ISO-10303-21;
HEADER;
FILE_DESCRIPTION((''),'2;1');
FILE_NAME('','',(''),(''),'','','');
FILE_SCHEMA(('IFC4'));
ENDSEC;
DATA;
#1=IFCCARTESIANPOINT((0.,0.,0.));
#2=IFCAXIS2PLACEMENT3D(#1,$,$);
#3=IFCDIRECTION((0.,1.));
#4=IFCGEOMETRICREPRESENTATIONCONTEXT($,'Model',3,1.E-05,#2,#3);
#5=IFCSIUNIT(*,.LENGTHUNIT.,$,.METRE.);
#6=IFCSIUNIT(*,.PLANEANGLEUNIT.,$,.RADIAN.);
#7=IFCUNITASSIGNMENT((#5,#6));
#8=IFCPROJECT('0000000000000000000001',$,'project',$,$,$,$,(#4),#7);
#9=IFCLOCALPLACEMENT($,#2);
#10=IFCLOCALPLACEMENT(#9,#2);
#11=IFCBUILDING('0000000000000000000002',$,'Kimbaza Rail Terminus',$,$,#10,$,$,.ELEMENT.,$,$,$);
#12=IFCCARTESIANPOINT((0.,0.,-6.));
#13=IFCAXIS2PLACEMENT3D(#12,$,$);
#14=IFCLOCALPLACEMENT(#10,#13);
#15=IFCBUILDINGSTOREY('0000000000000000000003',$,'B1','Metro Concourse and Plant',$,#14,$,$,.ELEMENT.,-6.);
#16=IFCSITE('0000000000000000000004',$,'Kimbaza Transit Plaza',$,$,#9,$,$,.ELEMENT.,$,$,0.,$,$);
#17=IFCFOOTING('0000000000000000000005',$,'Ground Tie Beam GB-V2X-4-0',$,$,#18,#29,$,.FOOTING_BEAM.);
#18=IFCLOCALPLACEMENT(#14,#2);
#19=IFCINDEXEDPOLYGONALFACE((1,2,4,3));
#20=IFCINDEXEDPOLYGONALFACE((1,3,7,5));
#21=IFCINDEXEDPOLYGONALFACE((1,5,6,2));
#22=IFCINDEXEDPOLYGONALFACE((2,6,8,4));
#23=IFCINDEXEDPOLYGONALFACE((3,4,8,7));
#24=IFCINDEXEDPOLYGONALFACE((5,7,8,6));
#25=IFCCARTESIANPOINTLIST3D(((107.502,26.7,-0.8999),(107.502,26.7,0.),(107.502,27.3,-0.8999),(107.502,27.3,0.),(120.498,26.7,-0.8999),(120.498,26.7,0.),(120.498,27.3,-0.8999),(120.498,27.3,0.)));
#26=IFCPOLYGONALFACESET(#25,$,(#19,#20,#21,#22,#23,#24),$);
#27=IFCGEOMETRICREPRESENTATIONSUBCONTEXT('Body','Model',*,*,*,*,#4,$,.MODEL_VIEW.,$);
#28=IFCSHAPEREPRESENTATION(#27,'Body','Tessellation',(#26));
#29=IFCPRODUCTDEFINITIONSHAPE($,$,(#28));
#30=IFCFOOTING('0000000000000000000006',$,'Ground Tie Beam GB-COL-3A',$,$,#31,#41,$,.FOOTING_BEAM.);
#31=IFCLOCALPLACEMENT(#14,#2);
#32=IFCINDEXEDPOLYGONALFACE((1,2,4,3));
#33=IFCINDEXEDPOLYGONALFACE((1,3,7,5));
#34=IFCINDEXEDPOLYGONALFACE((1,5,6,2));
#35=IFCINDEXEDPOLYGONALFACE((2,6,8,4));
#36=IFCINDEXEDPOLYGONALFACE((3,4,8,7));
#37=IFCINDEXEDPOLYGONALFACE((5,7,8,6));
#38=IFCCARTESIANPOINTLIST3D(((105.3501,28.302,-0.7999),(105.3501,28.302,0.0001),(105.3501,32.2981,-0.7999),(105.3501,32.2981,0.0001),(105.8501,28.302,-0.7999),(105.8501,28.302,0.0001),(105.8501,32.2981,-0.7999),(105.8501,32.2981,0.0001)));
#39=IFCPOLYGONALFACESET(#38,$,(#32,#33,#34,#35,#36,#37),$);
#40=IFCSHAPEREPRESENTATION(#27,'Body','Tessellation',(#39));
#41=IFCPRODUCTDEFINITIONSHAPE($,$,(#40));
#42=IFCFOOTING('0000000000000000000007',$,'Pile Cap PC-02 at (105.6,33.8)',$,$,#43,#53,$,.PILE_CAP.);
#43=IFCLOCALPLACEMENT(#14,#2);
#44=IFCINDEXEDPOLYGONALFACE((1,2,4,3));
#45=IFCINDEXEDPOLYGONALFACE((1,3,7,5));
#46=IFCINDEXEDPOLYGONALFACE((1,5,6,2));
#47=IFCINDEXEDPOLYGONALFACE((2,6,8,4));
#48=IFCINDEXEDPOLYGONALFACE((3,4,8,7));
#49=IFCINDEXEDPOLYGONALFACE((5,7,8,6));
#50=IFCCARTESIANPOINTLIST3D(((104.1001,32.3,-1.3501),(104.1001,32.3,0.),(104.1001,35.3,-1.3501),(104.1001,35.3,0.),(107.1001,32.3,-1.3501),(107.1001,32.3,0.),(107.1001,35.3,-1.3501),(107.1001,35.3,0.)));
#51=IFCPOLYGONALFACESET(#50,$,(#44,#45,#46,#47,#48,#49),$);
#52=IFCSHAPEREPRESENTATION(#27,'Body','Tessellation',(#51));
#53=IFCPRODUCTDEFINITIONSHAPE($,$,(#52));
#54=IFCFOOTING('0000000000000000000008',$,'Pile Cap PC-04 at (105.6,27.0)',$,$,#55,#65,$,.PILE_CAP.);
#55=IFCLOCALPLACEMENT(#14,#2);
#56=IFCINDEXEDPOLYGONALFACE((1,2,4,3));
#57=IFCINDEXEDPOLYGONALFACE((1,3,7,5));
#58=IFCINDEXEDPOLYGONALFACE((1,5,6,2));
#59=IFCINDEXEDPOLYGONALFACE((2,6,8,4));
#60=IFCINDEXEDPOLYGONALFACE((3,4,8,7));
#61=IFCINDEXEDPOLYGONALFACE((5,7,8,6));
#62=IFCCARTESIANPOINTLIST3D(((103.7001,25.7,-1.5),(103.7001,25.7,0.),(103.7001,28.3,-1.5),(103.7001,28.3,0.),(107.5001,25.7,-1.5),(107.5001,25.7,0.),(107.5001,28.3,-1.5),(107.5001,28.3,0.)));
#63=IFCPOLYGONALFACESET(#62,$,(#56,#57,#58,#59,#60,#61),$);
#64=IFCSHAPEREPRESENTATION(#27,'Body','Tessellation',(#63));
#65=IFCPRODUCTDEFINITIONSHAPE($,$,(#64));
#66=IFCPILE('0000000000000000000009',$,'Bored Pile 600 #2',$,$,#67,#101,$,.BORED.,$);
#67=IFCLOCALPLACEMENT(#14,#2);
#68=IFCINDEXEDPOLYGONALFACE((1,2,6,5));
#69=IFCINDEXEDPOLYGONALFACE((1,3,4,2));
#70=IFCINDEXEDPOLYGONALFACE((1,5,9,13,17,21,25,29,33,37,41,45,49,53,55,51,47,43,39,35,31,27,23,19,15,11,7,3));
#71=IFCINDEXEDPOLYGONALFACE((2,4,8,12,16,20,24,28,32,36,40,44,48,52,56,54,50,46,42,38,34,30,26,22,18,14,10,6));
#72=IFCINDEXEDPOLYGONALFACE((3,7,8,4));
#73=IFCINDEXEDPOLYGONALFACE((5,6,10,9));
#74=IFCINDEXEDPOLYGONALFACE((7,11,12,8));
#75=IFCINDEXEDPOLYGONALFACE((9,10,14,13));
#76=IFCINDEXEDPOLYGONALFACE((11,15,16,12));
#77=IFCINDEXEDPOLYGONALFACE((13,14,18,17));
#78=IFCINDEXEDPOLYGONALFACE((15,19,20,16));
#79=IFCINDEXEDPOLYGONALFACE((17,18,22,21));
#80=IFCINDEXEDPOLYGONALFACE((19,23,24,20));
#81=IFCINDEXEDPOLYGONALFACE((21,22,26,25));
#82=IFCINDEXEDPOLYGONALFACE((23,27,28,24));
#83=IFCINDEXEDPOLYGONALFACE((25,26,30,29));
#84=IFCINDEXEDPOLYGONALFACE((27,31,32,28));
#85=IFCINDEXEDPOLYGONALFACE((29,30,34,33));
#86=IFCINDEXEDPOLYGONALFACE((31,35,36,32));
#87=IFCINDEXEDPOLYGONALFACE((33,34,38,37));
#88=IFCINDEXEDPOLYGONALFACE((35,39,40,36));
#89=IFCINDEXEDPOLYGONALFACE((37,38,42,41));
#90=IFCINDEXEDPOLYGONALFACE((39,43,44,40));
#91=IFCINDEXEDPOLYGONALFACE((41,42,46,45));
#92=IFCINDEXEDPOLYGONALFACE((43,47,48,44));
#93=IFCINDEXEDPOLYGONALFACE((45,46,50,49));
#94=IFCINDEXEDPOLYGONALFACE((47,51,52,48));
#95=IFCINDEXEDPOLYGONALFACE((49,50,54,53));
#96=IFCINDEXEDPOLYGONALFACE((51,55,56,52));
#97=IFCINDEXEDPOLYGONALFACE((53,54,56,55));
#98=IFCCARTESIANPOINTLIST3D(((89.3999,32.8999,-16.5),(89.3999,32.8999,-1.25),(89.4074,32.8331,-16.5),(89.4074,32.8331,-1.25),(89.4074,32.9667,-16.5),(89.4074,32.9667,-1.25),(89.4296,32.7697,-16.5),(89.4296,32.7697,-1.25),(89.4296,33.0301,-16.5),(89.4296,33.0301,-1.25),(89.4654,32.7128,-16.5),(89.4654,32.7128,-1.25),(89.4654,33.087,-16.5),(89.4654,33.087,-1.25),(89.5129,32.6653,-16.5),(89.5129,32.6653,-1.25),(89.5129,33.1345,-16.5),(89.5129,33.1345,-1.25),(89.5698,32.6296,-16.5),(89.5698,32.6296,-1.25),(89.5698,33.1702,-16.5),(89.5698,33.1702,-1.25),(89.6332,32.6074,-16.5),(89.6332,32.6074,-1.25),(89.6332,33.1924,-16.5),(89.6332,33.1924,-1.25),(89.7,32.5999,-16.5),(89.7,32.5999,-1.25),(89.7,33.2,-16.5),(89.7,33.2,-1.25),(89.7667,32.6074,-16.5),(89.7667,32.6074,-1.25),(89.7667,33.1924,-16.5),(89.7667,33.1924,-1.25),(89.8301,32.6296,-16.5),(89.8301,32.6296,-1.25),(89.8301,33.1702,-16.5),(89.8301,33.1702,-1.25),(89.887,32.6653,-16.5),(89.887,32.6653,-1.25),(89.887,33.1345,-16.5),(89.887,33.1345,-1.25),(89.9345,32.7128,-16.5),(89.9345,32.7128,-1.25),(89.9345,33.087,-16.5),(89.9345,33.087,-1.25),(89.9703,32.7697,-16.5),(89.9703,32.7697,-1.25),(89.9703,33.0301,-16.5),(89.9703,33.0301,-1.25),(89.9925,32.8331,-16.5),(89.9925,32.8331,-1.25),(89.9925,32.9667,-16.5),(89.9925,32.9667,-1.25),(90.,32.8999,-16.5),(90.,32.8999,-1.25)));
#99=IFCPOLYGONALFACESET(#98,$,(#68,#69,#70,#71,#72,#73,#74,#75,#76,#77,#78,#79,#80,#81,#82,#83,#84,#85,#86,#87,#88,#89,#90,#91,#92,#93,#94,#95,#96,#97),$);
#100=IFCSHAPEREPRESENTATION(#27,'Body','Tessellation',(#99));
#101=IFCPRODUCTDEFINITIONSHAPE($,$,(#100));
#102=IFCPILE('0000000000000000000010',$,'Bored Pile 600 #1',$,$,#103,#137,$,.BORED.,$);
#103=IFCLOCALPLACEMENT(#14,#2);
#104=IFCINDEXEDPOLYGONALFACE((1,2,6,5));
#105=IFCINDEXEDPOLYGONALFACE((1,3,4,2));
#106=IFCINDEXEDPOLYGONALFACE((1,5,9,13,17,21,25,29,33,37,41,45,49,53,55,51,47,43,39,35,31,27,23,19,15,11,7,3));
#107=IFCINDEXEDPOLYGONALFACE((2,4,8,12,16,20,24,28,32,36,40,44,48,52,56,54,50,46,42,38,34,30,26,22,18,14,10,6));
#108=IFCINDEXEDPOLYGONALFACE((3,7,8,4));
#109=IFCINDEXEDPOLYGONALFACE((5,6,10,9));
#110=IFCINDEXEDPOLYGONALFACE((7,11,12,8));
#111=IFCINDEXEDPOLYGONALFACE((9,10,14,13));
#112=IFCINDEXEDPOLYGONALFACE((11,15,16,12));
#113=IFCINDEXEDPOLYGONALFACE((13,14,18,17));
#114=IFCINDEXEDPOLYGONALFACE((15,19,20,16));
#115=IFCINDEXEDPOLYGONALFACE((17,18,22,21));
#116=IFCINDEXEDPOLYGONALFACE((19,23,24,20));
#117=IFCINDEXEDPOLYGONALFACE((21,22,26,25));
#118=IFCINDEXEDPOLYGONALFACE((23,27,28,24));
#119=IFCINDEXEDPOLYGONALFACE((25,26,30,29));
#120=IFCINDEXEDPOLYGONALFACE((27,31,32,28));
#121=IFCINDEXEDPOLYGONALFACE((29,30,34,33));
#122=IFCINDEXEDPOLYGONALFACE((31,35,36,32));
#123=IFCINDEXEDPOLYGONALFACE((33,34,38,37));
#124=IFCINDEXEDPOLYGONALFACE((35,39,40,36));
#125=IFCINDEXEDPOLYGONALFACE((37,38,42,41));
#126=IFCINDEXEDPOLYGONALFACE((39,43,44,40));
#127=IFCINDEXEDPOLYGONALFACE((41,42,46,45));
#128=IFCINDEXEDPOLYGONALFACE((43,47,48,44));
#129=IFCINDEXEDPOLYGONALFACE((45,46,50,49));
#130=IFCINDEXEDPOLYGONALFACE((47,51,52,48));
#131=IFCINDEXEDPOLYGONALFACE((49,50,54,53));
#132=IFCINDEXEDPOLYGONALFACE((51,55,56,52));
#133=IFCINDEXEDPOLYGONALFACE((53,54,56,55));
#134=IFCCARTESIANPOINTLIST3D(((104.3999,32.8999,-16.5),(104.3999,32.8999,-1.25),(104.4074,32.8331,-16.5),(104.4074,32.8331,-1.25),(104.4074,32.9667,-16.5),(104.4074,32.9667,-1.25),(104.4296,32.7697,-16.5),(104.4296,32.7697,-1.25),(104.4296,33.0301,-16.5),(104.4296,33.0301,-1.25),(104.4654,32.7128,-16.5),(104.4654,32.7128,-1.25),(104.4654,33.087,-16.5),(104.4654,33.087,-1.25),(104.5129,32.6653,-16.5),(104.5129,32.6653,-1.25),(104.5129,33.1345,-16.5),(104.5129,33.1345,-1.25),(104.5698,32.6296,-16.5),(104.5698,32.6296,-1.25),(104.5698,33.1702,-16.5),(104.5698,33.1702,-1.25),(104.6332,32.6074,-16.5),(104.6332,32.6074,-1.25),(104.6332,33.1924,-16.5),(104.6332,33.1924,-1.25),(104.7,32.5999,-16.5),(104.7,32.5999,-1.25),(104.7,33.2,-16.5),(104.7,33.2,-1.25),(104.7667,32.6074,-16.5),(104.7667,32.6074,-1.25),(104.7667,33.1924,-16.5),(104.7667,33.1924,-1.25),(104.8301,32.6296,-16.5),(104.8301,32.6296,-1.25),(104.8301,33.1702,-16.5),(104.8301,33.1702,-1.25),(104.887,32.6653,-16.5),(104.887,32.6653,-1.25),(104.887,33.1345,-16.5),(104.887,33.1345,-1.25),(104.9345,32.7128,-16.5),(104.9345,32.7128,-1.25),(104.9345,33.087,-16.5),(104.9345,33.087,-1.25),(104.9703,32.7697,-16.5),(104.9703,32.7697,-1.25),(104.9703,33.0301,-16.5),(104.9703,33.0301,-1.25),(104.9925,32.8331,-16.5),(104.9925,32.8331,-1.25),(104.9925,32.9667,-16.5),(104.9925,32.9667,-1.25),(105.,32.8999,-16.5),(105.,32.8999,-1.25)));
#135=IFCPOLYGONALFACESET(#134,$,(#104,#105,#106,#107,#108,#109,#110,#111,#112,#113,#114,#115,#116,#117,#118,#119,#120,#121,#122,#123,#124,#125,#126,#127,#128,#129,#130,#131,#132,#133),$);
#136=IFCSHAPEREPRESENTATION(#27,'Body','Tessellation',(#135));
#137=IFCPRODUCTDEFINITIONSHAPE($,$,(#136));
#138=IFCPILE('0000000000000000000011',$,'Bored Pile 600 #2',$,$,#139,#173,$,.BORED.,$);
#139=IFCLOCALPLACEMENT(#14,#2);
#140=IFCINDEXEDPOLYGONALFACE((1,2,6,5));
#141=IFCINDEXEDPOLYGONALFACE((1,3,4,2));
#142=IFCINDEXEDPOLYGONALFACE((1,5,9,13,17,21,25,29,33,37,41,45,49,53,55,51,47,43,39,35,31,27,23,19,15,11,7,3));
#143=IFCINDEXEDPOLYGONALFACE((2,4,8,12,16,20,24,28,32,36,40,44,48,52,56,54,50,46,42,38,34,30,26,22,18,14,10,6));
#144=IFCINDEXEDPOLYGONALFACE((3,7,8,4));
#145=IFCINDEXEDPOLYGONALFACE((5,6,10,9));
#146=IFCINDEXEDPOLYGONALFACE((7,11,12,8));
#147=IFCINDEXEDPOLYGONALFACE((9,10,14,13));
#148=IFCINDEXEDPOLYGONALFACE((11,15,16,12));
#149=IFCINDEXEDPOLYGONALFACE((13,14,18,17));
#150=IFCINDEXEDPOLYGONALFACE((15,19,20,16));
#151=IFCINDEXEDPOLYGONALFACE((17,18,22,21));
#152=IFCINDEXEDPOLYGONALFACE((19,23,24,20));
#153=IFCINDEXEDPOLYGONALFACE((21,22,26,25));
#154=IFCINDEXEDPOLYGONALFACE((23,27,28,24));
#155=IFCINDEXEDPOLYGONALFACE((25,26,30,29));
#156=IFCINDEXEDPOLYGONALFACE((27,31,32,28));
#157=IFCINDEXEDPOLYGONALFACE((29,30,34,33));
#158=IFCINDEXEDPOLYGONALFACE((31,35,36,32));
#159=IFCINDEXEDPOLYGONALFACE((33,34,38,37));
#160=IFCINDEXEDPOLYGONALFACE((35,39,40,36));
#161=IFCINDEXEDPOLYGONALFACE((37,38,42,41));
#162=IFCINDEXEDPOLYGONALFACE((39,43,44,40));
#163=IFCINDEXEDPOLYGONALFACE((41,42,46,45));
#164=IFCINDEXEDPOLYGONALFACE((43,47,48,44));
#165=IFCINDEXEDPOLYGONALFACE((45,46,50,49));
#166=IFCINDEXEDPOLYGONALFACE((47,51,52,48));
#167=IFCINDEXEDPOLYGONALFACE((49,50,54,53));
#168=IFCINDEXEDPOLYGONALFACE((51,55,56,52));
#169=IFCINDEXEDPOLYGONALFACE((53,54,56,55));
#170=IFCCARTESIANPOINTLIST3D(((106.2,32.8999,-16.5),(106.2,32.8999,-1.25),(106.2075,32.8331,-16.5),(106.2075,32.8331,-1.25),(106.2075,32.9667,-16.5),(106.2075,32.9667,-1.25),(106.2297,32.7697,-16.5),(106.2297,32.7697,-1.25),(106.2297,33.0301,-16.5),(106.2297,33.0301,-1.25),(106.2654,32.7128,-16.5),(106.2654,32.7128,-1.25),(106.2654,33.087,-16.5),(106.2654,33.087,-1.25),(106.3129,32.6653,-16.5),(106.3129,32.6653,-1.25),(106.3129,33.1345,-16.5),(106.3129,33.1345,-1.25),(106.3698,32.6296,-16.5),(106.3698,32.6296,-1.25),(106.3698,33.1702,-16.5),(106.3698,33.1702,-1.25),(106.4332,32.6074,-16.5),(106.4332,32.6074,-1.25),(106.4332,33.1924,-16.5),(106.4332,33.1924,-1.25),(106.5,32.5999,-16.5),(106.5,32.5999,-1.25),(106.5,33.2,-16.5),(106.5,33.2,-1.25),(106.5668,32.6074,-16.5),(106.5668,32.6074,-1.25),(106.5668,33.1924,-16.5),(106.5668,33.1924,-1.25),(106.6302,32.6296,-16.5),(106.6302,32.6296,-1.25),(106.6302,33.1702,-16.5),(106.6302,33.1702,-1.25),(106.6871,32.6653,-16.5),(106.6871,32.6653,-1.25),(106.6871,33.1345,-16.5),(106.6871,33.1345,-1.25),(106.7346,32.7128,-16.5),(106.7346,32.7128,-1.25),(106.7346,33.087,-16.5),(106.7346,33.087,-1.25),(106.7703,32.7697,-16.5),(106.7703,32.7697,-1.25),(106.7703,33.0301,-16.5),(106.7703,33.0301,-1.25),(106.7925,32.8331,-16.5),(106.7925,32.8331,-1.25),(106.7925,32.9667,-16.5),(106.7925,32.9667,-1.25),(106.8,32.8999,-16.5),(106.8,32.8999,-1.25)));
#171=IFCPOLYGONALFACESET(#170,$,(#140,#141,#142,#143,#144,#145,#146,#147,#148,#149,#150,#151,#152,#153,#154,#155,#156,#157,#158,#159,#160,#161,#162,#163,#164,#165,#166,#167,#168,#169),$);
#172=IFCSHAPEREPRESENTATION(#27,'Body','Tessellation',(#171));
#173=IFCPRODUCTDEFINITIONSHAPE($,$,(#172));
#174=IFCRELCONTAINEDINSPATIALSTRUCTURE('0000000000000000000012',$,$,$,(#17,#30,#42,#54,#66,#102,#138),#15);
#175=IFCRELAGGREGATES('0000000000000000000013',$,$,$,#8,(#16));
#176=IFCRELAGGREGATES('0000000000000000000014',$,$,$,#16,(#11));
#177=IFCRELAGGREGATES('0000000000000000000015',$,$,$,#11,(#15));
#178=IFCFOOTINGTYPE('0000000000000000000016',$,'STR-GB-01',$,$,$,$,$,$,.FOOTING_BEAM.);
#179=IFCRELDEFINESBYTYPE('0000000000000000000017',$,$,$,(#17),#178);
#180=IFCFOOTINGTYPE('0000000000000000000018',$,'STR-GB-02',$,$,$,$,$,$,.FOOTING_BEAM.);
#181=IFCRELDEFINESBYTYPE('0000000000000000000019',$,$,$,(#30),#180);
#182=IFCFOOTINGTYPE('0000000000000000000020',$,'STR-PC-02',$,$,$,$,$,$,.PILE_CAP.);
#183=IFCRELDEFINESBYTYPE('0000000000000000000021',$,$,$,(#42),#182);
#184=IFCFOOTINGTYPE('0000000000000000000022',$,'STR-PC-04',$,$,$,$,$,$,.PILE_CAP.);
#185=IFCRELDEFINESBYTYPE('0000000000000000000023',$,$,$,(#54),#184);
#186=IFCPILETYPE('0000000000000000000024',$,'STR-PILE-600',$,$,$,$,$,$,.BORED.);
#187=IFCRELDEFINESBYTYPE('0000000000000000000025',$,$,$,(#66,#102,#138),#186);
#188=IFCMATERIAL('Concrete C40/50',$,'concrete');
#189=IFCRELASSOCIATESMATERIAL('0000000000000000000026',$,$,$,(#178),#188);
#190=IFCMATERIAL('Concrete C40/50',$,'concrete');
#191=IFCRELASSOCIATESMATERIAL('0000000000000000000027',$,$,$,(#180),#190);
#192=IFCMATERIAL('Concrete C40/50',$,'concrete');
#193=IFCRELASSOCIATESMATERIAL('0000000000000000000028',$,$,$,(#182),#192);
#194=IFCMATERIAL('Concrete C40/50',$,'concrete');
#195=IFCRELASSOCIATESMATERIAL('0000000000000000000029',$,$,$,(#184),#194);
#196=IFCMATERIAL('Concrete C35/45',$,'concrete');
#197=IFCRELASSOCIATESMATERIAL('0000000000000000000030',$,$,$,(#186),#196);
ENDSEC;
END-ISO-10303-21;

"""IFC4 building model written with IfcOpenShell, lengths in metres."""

from ifc_helpers import new_model, si_unit, direction, frame, origin, origin_2d, place, context, subcontext, project, spatial, rectangle, circle, extrude, material, material_profile, profile_set, type_object, element, save


model = new_model("IFC4")

# Units and contexts
model_context = context("Model", 3, precision=1e-05, world=origin(), true_north=direction((0.0, 1.0)))
body_context = subcontext(model_context, "Body", "Model", "MODEL_VIEW")
ifc_project = project(units=[si_unit("LENGTHUNIT", "METRE"), si_unit("PLANEANGLEUNIT", "RADIAN")], contexts=[model_context])

# Site, building, storey
site_placement = place(None, origin())
site = spatial("IfcSite", under=ifc_project, at=site_placement, Name="Kimbaza Transit Plaza", CompositionType="ELEMENT", RefElevation=0.0)
building_placement = place(site_placement, origin())
building = spatial("IfcBuilding", under=site, at=building_placement, Name="Kimbaza Rail Terminus", CompositionType="ELEMENT")
storey_placement = place(building_placement, frame((0.0, 0.0, -6.0)))
storey = spatial("IfcBuildingStorey", under=building, at=storey_placement, Name="B1", Description="Metro Concourse and Plant", CompositionType="ELEMENT", Elevation=-6.0)

# Footings
ifc_material_1 = material(Name="Concrete C40/50", Category="concrete")
ifc_material_profile_1 = material_profile(ifc_material_1, rectangle(XDim=0.6001, YDim=0.8999, at=origin_2d()), Name="GB-01 600x900")
ifc_profile_set_1 = profile_set([ifc_material_profile_1], Name="Concrete C40/50")
footing_type_1 = type_object("IfcFootingType", Name="STR-GB-01", PredefinedType="FOOTING_BEAM", material=ifc_profile_set_1)
footing_1_placement = place(storey_placement, frame((107.502, 27.0, -0.45), z_axis=(1.0, 0.0, 0.0), x_axis=(0.0, 1.0, 0.0)))
element("IfcFooting", 1, at=footing_1_placement, inside=storey, type_object=footing_type_1, Name="Ground Tie Beam GB-V2X-4-0", PredefinedType="FOOTING_BEAM", context=body_context, shape_type="SweptSolid", body=[
    extrude(rectangle(XDim=0.6001, YDim=0.8999, at=origin_2d()), origin(), (0.0, 0.0, 1.0), 12.9961),
])
ifc_material_2 = material(Name="Concrete C40/50", Category="concrete")
ifc_material_profile_2 = material_profile(ifc_material_2, rectangle(XDim=0.5, YDim=0.8, at=origin_2d()), Name="GB-02 500x800")
ifc_profile_set_2 = profile_set([ifc_material_profile_2], Name="Concrete C40/50")
footing_type_2 = type_object("IfcFootingType", Name="STR-GB-02", PredefinedType="FOOTING_BEAM", material=ifc_profile_set_2)
footing_2_placement = place(storey_placement, frame((105.6001, 28.302, -0.3999), z_axis=(0.0, 1.0, 0.0), x_axis=(-1.0, 0.0, 0.0)))
element("IfcFooting", 2, at=footing_2_placement, inside=storey, type_object=footing_type_2, Name="Ground Tie Beam GB-COL-3A", PredefinedType="FOOTING_BEAM", context=body_context, shape_type="SweptSolid", body=[
    extrude(rectangle(XDim=0.5, YDim=0.8, at=origin_2d()), origin(), (0.0, 0.0, 1.0), 3.9961),
])
ifc_material_3 = material(Name="Concrete C40/50", Category="concrete")
footing_type_3 = type_object("IfcFootingType", Name="STR-PC-02", PredefinedType="PILE_CAP", material=ifc_material_3)
footing_3_placement = place(storey_placement, frame((105.6001, 33.8, -1.3501), z_axis=(0.0, 0.0, 1.0), x_axis=(1.0, 0.0, 0.0)))
element("IfcFooting", 3, at=footing_3_placement, inside=storey, type_object=footing_type_3, Name="Pile Cap PC-02 at (105.6,33.8)", PredefinedType="PILE_CAP", context=body_context, shape_type="SweptSolid", body=[
    extrude(rectangle(XDim=3.0, YDim=3.0, at=origin_2d()), origin(), (0.0, 0.0, 1.0), 1.3501),
])
ifc_material_4 = material(Name="Concrete C40/50", Category="concrete")
footing_type_4 = type_object("IfcFootingType", Name="STR-PC-04", PredefinedType="PILE_CAP", material=ifc_material_4)
footing_4_placement = place(storey_placement, frame((105.6001, 27.0, -1.5), z_axis=(0.0, 0.0, 1.0), x_axis=(1.0, 0.0, 0.0)))
element("IfcFooting", 4, at=footing_4_placement, inside=storey, type_object=footing_type_4, Name="Pile Cap PC-04 at (105.6,27.0)", PredefinedType="PILE_CAP", context=body_context, shape_type="SweptSolid", body=[
    extrude(rectangle(XDim=3.8, YDim=2.6001, at=origin_2d()), origin(), (0.0, 0.0, 1.0), 1.5),
])

# Piles
ifc_material_5 = material(Name="Concrete C35/45", Category="concrete")
ifc_material_profile_3 = material_profile(ifc_material_5, circle(Radius=0.3, at=origin_2d()), Name="BORED PILE 600")
ifc_profile_set_3 = profile_set([ifc_material_profile_3], Name="Concrete C35/45")
pile_type_1 = type_object("IfcPileType", Name="STR-PILE-600", PredefinedType="BORED", material=ifc_profile_set_3)
for number, where, z_axis, x_axis, name in (
    (5, (89.7, 32.8999, -1.25), (0.0, 0.0, -1.0), (1.0, 0.0, 0.0), "Bored Pile 600 #2"),
    (6, (104.7, 32.8999, -1.25), (0.0, 0.0, -1.0), (1.0, 0.0, 0.0), "Bored Pile 600 #1"),
    (7, (106.5, 32.8999, -1.25), (0.0, 0.0, -1.0), (1.0, 0.0, 0.0), "Bored Pile 600 #2"),
):
    element("IfcPile", number, at=place(storey_placement, frame(where, z_axis=z_axis, x_axis=x_axis)), inside=storey, type_object=pile_type_1, Name=name, PredefinedType="BORED", context=body_context, shape_type="SweptSolid", body=[
        extrude(circle(Radius=0.3, at=origin_2d()), origin(), (0.0, 0.0, 1.0), 15.25),
    ])

save(model, "model.ifc")
